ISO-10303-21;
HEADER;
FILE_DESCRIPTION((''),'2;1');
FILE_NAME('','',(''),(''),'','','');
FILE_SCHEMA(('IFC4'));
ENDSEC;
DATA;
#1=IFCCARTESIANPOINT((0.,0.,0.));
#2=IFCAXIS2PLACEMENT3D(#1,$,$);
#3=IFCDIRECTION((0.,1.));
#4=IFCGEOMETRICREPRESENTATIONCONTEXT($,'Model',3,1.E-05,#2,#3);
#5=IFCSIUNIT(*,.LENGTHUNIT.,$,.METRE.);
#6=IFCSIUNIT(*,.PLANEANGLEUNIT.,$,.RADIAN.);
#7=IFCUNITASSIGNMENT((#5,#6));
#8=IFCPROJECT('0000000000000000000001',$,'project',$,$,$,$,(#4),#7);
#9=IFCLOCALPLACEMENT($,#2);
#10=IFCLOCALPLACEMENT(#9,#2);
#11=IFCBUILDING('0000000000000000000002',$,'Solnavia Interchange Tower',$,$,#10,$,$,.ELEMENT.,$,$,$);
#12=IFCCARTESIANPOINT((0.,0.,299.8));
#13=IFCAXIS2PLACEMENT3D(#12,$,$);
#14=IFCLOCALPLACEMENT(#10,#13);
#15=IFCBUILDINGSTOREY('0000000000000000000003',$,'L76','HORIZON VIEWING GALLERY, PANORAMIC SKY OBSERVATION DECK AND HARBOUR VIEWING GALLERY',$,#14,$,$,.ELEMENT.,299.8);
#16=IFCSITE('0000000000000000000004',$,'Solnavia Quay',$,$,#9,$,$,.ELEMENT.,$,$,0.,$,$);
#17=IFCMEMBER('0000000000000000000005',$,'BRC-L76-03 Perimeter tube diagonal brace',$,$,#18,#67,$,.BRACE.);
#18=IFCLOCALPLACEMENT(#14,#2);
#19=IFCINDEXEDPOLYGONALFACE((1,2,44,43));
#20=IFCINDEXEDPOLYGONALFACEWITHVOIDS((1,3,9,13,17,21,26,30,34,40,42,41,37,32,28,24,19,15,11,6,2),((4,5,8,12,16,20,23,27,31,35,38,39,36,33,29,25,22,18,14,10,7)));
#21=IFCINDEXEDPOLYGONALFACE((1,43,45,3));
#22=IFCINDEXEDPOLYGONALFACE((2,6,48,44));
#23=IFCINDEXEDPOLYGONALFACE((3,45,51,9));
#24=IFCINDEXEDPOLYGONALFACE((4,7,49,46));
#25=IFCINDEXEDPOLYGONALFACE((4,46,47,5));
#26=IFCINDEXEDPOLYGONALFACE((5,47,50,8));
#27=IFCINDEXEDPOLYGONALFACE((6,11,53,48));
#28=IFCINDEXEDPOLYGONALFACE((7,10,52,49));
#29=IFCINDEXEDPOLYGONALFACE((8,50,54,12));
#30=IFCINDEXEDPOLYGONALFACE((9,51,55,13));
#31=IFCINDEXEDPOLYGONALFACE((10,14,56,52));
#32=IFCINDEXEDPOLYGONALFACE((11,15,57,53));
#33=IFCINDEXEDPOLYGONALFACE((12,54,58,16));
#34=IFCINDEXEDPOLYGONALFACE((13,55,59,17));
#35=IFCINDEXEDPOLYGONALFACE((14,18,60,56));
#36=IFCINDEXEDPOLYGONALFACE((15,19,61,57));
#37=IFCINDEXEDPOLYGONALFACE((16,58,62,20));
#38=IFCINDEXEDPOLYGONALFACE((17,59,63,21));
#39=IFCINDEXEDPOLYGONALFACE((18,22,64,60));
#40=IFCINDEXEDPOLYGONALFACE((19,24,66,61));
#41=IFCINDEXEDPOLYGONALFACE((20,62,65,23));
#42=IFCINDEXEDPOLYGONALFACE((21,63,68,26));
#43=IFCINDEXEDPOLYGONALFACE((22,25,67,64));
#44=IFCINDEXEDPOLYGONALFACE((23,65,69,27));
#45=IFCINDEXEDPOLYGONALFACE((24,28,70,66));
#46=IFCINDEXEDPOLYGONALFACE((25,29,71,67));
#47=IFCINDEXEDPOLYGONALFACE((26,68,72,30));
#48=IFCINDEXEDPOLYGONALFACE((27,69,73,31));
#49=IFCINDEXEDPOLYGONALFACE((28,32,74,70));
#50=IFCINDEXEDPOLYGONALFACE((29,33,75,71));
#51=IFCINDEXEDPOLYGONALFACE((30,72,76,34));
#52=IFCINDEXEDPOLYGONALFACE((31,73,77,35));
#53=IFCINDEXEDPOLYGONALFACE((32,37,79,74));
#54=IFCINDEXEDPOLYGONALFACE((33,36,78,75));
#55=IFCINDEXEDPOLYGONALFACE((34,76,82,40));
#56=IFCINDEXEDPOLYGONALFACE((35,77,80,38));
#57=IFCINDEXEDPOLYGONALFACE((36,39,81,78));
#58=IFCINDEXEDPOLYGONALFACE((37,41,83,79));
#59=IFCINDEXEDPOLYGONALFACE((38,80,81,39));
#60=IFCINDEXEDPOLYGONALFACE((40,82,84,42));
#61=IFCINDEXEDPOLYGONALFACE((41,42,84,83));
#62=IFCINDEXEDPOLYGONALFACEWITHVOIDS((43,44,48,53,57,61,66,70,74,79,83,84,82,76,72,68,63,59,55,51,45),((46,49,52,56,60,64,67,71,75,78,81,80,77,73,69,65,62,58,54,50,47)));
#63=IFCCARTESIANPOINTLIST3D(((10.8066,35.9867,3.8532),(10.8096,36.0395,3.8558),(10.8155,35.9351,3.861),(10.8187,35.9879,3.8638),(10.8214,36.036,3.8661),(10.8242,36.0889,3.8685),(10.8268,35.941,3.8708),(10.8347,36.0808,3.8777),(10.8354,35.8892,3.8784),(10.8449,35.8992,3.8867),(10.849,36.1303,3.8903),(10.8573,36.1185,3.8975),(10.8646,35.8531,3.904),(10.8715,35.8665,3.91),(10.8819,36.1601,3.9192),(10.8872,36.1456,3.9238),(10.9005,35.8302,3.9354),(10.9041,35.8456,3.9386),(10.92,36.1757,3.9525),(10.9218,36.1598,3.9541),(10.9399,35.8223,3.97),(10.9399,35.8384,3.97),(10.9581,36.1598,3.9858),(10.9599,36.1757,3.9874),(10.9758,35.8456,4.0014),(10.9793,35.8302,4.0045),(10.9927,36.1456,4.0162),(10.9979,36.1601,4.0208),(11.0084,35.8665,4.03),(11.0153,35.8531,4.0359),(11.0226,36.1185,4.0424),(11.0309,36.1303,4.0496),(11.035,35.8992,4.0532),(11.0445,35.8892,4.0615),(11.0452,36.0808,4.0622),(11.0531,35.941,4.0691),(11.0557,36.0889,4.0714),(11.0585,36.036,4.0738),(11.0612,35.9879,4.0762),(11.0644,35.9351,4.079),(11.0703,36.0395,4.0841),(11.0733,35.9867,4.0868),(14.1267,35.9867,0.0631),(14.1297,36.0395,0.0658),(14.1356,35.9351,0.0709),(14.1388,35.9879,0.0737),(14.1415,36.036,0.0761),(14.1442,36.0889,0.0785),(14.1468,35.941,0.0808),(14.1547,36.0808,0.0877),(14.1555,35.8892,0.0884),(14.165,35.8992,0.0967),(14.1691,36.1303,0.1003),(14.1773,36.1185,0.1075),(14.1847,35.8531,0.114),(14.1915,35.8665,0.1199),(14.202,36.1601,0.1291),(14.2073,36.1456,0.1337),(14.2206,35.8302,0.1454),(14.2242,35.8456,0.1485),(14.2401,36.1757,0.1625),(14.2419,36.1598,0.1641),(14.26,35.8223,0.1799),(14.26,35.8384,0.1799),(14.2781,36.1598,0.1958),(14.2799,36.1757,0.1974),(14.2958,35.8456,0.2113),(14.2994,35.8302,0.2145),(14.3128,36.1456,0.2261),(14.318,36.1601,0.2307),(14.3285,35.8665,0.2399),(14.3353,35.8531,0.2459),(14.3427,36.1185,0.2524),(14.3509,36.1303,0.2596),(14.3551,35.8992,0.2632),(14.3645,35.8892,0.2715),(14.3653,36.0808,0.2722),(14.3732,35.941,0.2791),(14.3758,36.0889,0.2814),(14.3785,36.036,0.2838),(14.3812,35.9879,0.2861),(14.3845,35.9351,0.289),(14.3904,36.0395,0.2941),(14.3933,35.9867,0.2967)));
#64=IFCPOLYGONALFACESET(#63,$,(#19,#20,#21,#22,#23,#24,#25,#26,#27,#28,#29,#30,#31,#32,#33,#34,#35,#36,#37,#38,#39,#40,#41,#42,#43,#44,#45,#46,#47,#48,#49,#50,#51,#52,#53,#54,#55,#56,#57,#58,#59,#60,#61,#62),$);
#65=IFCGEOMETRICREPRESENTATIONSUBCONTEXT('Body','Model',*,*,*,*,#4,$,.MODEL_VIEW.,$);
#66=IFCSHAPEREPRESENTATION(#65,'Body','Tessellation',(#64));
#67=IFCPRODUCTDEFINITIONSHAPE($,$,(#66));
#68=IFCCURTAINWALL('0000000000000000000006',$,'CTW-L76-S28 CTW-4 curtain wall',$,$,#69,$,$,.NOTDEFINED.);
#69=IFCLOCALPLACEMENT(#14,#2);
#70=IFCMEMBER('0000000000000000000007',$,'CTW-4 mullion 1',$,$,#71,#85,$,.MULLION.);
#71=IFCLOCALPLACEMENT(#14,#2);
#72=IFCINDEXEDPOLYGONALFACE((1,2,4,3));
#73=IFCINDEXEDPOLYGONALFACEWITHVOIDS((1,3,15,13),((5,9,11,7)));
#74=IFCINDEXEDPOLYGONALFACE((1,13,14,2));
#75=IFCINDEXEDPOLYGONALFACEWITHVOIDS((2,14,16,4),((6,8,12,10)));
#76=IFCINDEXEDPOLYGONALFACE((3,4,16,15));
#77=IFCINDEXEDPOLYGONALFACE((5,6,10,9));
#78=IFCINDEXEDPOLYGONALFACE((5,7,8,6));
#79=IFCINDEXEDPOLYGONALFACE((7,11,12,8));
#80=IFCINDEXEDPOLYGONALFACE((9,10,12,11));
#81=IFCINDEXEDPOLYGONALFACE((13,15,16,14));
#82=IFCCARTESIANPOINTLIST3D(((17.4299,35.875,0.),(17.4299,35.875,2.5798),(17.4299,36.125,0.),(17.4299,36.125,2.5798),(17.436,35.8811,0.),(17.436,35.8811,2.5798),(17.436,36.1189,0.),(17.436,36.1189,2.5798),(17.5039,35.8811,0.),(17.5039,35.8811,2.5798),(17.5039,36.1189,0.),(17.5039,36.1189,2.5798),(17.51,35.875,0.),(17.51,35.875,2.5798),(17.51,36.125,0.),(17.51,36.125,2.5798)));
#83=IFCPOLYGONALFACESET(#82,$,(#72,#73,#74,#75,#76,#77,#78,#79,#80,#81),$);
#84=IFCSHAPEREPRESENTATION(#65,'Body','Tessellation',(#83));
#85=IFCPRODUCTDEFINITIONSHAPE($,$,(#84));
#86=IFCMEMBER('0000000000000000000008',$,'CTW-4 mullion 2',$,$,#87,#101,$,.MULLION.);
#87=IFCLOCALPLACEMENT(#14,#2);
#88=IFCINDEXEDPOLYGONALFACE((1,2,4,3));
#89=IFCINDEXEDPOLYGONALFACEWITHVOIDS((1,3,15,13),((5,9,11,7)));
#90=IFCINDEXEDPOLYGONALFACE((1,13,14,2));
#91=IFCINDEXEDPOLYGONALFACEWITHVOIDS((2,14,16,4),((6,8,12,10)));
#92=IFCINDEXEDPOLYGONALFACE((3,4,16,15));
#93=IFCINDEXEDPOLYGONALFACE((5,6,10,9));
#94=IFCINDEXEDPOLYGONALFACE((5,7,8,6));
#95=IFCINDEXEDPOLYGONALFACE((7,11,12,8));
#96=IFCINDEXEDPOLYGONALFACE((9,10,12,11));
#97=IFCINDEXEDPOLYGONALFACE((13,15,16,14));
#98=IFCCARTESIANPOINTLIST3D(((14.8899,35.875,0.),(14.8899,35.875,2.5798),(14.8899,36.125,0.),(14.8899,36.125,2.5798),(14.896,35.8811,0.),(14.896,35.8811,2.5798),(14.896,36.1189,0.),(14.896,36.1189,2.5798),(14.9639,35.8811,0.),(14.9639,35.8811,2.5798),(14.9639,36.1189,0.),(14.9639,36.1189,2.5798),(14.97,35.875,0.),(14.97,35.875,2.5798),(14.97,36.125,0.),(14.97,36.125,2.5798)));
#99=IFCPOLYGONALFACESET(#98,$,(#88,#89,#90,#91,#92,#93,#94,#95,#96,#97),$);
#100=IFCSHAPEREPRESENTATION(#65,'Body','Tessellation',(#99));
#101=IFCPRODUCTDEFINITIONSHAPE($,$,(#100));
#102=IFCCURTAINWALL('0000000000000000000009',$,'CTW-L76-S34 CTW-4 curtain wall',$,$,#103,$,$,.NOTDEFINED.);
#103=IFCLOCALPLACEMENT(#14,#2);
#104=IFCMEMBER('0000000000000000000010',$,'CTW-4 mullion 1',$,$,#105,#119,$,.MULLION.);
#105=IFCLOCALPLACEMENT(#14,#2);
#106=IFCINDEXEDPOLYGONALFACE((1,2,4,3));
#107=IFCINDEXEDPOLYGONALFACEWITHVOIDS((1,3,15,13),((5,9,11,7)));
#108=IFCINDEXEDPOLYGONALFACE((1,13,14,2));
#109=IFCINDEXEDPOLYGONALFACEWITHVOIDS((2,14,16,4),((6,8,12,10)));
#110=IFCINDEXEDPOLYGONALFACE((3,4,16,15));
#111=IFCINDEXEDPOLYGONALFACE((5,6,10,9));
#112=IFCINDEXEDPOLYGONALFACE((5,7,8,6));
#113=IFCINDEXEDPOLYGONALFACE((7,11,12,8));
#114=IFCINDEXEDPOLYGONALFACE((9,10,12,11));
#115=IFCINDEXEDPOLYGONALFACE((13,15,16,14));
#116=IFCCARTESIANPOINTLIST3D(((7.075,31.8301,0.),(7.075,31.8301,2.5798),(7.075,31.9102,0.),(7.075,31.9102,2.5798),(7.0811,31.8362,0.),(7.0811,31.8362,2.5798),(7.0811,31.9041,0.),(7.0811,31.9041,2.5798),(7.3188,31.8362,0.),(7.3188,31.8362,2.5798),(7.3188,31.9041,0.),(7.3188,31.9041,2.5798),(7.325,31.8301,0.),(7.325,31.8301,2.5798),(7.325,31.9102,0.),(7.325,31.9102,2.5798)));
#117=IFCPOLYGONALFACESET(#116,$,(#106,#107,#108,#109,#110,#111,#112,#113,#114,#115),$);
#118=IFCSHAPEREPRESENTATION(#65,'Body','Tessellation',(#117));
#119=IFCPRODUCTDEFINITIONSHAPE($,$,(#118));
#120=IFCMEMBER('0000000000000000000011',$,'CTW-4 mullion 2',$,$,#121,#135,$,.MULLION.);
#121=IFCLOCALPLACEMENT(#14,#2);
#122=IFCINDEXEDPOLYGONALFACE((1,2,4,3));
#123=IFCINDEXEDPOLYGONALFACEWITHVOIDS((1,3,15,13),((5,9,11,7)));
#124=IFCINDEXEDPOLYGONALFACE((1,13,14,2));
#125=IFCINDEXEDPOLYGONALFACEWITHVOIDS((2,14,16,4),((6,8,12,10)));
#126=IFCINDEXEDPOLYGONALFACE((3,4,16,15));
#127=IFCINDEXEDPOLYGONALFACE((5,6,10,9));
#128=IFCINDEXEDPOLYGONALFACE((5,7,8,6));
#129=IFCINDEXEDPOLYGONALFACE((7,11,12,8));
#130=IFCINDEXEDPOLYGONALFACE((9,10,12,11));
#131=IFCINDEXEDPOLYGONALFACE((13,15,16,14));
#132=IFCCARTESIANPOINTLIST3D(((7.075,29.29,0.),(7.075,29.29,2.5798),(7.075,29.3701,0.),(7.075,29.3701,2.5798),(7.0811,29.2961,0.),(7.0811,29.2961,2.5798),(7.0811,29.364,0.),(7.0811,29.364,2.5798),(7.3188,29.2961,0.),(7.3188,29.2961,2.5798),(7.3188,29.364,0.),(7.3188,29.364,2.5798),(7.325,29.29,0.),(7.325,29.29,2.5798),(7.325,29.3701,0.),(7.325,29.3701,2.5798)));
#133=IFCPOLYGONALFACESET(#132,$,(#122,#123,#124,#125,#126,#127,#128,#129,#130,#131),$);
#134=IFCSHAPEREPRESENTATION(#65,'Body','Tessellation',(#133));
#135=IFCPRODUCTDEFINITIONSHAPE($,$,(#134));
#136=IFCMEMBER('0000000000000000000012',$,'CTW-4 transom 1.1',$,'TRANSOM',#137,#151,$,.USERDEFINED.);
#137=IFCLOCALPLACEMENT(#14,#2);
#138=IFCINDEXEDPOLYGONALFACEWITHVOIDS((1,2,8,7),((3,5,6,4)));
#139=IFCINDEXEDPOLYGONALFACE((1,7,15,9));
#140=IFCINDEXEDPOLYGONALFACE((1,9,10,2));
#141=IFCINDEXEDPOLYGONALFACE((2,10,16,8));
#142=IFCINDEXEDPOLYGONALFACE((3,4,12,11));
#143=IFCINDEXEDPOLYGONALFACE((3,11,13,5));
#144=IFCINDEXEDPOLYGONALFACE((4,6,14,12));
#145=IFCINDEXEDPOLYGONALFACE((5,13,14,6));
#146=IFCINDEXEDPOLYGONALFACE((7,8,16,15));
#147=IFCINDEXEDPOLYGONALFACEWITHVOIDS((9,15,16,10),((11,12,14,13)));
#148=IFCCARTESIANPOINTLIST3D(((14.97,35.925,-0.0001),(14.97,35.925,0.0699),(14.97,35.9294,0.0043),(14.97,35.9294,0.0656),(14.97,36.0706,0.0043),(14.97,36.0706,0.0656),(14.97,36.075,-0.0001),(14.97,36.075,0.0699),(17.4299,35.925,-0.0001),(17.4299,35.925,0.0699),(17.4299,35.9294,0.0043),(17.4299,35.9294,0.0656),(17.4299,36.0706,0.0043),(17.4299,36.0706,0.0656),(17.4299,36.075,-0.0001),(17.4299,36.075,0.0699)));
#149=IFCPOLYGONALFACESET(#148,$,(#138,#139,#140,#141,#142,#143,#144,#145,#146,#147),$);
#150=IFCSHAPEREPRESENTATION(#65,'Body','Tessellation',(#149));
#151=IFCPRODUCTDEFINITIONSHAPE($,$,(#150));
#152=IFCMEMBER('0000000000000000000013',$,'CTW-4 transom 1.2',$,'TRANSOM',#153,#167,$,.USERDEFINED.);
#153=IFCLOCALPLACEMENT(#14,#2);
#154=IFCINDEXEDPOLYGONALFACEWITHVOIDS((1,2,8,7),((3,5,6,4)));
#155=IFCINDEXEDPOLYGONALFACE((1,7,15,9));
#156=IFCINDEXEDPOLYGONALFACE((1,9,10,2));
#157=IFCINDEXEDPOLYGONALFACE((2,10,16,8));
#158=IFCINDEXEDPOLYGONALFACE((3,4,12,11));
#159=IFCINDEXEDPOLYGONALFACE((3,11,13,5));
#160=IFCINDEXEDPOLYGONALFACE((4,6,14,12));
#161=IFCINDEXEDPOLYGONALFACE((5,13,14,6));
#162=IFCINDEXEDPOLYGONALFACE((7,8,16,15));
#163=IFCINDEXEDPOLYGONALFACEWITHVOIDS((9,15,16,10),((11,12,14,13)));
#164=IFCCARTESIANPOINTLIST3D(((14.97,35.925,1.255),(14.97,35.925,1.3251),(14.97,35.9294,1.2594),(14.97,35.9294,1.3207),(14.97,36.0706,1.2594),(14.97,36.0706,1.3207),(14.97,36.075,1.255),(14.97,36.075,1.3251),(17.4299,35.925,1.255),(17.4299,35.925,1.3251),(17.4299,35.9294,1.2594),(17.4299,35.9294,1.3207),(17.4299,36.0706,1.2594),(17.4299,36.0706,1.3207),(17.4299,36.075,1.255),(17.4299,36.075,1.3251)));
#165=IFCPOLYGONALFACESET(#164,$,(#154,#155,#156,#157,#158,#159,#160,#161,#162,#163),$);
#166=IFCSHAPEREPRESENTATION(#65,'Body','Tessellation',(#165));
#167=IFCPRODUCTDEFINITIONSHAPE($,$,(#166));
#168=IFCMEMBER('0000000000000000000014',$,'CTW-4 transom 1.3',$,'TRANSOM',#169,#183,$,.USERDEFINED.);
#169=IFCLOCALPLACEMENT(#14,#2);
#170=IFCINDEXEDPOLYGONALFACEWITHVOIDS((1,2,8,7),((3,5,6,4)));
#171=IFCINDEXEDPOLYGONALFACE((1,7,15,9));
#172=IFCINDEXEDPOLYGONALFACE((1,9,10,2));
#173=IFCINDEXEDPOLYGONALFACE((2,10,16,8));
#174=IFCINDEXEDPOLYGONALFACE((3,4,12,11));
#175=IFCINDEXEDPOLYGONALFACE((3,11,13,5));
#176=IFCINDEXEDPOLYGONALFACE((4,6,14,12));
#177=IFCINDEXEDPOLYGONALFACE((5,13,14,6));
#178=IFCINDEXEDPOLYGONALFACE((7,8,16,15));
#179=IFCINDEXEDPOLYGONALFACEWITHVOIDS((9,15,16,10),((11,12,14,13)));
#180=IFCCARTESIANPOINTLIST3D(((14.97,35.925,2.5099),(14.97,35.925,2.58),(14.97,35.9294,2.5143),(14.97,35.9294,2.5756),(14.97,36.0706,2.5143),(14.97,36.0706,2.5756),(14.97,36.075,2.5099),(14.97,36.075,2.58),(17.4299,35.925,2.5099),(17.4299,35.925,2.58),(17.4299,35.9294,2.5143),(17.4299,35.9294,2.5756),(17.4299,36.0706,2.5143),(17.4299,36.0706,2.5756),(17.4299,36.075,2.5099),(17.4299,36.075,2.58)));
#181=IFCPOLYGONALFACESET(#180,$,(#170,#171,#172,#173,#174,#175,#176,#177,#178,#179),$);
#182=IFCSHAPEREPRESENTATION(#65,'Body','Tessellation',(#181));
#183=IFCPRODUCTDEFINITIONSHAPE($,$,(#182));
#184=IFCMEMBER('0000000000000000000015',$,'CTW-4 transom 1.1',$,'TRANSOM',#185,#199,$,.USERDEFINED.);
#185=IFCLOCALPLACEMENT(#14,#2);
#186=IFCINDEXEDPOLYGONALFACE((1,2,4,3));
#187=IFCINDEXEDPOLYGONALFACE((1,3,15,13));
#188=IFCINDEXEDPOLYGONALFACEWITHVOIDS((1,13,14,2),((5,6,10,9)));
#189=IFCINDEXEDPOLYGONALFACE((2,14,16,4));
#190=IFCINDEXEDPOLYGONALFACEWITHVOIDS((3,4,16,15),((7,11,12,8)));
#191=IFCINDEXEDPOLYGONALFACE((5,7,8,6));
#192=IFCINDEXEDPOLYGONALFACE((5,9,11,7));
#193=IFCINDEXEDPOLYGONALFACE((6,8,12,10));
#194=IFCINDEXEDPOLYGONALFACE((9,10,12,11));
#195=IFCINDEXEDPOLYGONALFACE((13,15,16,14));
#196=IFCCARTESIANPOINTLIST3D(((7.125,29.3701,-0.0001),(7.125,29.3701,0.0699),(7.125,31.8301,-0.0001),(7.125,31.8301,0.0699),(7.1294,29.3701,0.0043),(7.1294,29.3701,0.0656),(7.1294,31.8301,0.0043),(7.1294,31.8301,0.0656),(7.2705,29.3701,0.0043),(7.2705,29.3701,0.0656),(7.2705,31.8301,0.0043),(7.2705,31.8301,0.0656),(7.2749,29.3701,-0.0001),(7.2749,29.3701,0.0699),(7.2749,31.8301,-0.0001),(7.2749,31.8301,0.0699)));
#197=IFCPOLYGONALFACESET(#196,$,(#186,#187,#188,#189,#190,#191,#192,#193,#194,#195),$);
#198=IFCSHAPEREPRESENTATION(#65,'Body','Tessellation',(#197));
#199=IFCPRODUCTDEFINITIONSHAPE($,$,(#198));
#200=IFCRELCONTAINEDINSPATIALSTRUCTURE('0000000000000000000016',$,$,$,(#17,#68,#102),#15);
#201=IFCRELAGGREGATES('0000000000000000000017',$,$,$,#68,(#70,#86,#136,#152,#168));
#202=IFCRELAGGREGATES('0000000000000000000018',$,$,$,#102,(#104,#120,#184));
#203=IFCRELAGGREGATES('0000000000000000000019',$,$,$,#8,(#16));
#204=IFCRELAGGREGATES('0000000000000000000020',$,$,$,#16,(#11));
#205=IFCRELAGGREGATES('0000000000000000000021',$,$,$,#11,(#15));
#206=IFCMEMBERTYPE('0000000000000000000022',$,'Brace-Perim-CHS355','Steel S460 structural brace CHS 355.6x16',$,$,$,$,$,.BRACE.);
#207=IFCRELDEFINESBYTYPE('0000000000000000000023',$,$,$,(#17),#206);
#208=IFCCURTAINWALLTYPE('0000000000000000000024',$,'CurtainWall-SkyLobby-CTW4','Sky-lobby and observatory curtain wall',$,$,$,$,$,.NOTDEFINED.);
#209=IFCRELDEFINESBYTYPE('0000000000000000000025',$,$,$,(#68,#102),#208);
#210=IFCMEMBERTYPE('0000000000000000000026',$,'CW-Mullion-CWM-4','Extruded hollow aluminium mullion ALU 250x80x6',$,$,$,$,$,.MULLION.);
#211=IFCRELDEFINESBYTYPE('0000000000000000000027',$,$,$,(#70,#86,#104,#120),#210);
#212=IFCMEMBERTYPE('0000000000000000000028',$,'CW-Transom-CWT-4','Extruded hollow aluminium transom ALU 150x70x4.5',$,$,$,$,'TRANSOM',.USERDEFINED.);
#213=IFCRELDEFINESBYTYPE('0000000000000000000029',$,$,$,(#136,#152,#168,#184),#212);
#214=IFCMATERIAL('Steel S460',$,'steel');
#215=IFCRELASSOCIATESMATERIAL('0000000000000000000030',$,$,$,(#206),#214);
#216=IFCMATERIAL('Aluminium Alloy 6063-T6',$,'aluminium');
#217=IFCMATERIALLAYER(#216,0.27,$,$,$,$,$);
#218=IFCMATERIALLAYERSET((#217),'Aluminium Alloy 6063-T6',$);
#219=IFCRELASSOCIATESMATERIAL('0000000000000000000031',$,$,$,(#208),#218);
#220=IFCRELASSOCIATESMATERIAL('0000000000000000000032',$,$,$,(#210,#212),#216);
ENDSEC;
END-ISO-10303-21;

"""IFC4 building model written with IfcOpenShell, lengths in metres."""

from ifc_helpers import new_model, si_unit, direction, frame, origin, origin_2d, place, context, subcontext, project, spatial, hollow_rectangle, hollow_circle, extrude, material, layer, layer_set, material_profile, profile_set, type_object, element, aggregate, save


model = new_model("IFC4")

# Units and contexts
model_context = context("Model", 3, precision=1e-05, world=origin(), true_north=direction((0.0, 1.0)))
body_context = subcontext(model_context, "Body", "Model", "MODEL_VIEW")
ifc_project = project(units=[si_unit("LENGTHUNIT", "METRE"), si_unit("PLANEANGLEUNIT", "RADIAN")], contexts=[model_context])

# Site, building, storey
site_placement = place(None, origin())
site = spatial("IfcSite", under=ifc_project, at=site_placement, Name="Solnavia Quay", CompositionType="ELEMENT", RefElevation=0.0)
building_placement = place(site_placement, origin())
building = spatial("IfcBuilding", under=site, at=building_placement, Name="Solnavia Interchange Tower", CompositionType="ELEMENT")
storey_placement = place(building_placement, frame((0.0, 0.0, 299.8)))
storey = spatial("IfcBuildingStorey", under=building, at=storey_placement, Name="L76", Description="HORIZON VIEWING GALLERY, PANORAMIC SKY OBSERVATION DECK AND HARBOUR VIEWING GALLERY", CompositionType="ELEMENT", Elevation=299.8)

# Shared definitions
ifc_material_1 = material(Name="Steel S460", Category="steel")

# Member
ifc_material_profile_1 = material_profile(ifc_material_1, hollow_circle(Radius=0.1777, WallThickness=0.0161, at=origin_2d()), Name="CHS 355.6x16")
ifc_profile_set_1 = profile_set([ifc_material_profile_1], Name="Steel S460")
member_type_1 = type_object("IfcMemberType", Name="Brace-Perim-CHS355", Description="Steel S460 structural brace CHS 355.6x16", PredefinedType="BRACE", material=ifc_profile_set_1)
member_1_placement = place(storey_placement, frame((14.26, 36.0, 0.1799), z_axis=(-0.65893, 0.0, 0.752204), x_axis=(0.0, -1.0, 0.0)))
element("IfcMember", 1, at=member_1_placement, inside=storey, type_object=member_type_1, Name="BRC-L76-03 Perimeter tube diagonal brace", PredefinedType="BRACE", context=body_context, shape_type="SweptSolid", body=[
    extrude(hollow_circle(Radius=0.1777, WallThickness=0.0161, at=origin_2d()), origin(), (0.0, 0.0, 1.0), 5.0386),
])

# Curtain walls, members
ifc_material_2 = material(Name="Aluminium Alloy 6063-T6", Category="aluminium")
ifc_layer_1 = layer(ifc_material_2, 0.27)
ifc_layer_set_1 = layer_set([ifc_layer_1], Name="Aluminium Alloy 6063-T6")
curtain_wall_type = type_object("IfcCurtainWallType", Name="CurtainWall-SkyLobby-CTW4", Description="Sky-lobby and observatory curtain wall", PredefinedType="NOTDEFINED", material=ifc_layer_set_1)
curtain_wall_1_placement = place(storey_placement, origin())
curtain_wall_1 = element("IfcCurtainWall", 2, at=curtain_wall_1_placement, inside=storey, type_object=curtain_wall_type, Name="CTW-L76-S28 CTW-4 curtain wall", PredefinedType="NOTDEFINED")
ifc_material_profile_2 = material_profile(ifc_material_2, hollow_rectangle(XDim=0.0801, YDim=0.25, WallThickness=0.0061, at=origin_2d()), Name="ALU 250x80x6")
ifc_profile_set_2 = profile_set([ifc_material_profile_2], Name="Aluminium Alloy 6063-T6")
member_type_2 = type_object("IfcMemberType", Name="CW-Mullion-CWM-4", Description="Extruded hollow aluminium mullion ALU 250x80x6", PredefinedType="MULLION", material=ifc_profile_set_2)
member_2_placement = place(storey_placement, frame((17.47, 36.0, 0.0), z_axis=(0.0, 0.0, 1.0), x_axis=(-1.0, 0.0, 0.0)))
member_2 = element("IfcMember", 3, at=member_2_placement, type_object=member_type_2, Name="CTW-4 mullion 1", PredefinedType="MULLION", context=body_context, shape_type="SweptSolid", body=[
    extrude(hollow_rectangle(XDim=0.0801, YDim=0.25, WallThickness=0.0061, at=origin_2d()), origin(), (0.0, 0.0, 1.0), 2.5798),
])
member_3_placement = place(storey_placement, frame((14.9299, 36.0, 0.0), z_axis=(0.0, 0.0, 1.0), x_axis=(-1.0, 0.0, 0.0)))
member_3 = element("IfcMember", 4, at=member_3_placement, type_object=member_type_2, Name="CTW-4 mullion 2", PredefinedType="MULLION", context=body_context, shape_type="SweptSolid", body=[
    extrude(hollow_rectangle(XDim=0.0801, YDim=0.25, WallThickness=0.0061, at=origin_2d()), origin(), (0.0, 0.0, 1.0), 2.5798),
])
curtain_wall_2_placement = place(storey_placement, origin())
curtain_wall_2 = element("IfcCurtainWall", 5, at=curtain_wall_2_placement, inside=storey, type_object=curtain_wall_type, Name="CTW-L76-S34 CTW-4 curtain wall", PredefinedType="NOTDEFINED")
member_4_placement = place(storey_placement, frame((7.2, 31.8701, 0.0), z_axis=(0.0, 0.0, 1.0), x_axis=(0.0, -1.0, 0.0)))
member_4 = element("IfcMember", 6, at=member_4_placement, type_object=member_type_2, Name="CTW-4 mullion 1", PredefinedType="MULLION", context=body_context, shape_type="SweptSolid", body=[
    extrude(hollow_rectangle(XDim=0.0801, YDim=0.25, WallThickness=0.0061, at=origin_2d()), origin(), (0.0, 0.0, 1.0), 2.5798),
])
member_5_placement = place(storey_placement, frame((7.2, 29.3301, 0.0), z_axis=(0.0, 0.0, 1.0), x_axis=(0.0, -1.0, 0.0)))
member_5 = element("IfcMember", 7, at=member_5_placement, type_object=member_type_2, Name="CTW-4 mullion 2", PredefinedType="MULLION", context=body_context, shape_type="SweptSolid", body=[
    extrude(hollow_rectangle(XDim=0.0801, YDim=0.25, WallThickness=0.0061, at=origin_2d()), origin(), (0.0, 0.0, 1.0), 2.5798),
])

# Members
ifc_material_profile_3 = material_profile(ifc_material_2, hollow_rectangle(XDim=0.0701, YDim=0.1499, WallThickness=0.0044, at=origin_2d()), Name="ALU 150x70x4.5")
ifc_profile_set_3 = profile_set([ifc_material_profile_3], Name="Aluminium Alloy 6063-T6")
member_type_3 = type_object("IfcMemberType", Name="CW-Transom-CWT-4", Description="Extruded hollow aluminium transom ALU 150x70x4.5", ElementType="TRANSOM", PredefinedType="USERDEFINED", material=ifc_profile_set_3)
member_6_placement = place(storey_placement, frame((17.4299, 36.0, 0.0349), z_axis=(-1.0, 0.0, 0.0), x_axis=(0.0, 0.0, 1.0)))
member_6 = element("IfcMember", 8, at=member_6_placement, type_object=member_type_3, Name="CTW-4 transom 1.1", ObjectType="TRANSOM", PredefinedType="USERDEFINED", context=body_context, shape_type="SweptSolid", body=[
    extrude(hollow_rectangle(XDim=0.0701, YDim=0.1499, WallThickness=0.0044, at=origin_2d()), origin(), (0.0, 0.0, 1.0), 2.46),
])
member_7_placement = place(storey_placement, frame((17.4299, 36.0, 1.29), z_axis=(-1.0, 0.0, 0.0), x_axis=(0.0, 0.0, 1.0)))
member_7 = element("IfcMember", 9, at=member_7_placement, type_object=member_type_3, Name="CTW-4 transom 1.2", ObjectType="TRANSOM", PredefinedType="USERDEFINED", context=body_context, shape_type="SweptSolid", body=[
    extrude(hollow_rectangle(XDim=0.0701, YDim=0.1499, WallThickness=0.0044, at=origin_2d()), origin(), (0.0, 0.0, 1.0), 2.46),
])
member_8_placement = place(storey_placement, frame((17.4299, 36.0, 2.5449), z_axis=(-1.0, 0.0, 0.0), x_axis=(0.0, 0.0, 1.0)))
member_8 = element("IfcMember", 10, at=member_8_placement, type_object=member_type_3, Name="CTW-4 transom 1.3", ObjectType="TRANSOM", PredefinedType="USERDEFINED", context=body_context, shape_type="SweptSolid", body=[
    extrude(hollow_rectangle(XDim=0.0701, YDim=0.1499, WallThickness=0.0044, at=origin_2d()), origin(), (0.0, 0.0, 1.0), 2.46),
])
member_9_placement = place(storey_placement, frame((7.2, 31.8301, 0.0349), z_axis=(0.0, -1.0, 0.0), x_axis=(0.0, 0.0, 1.0)))
member_9 = element("IfcMember", 11, at=member_9_placement, type_object=member_type_3, Name="CTW-4 transom 1.1", ObjectType="TRANSOM", PredefinedType="USERDEFINED", context=body_context, shape_type="SweptSolid", body=[
    extrude(hollow_rectangle(XDim=0.0701, YDim=0.1499, WallThickness=0.0044, at=origin_2d()), origin(), (0.0, 0.0, 1.0), 2.46),
])

aggregate(curtain_wall_1, [member_2, member_3, member_6, member_7, member_8])
aggregate(curtain_wall_2, [member_4, member_5, member_9])

save(model, "model.ifc")
